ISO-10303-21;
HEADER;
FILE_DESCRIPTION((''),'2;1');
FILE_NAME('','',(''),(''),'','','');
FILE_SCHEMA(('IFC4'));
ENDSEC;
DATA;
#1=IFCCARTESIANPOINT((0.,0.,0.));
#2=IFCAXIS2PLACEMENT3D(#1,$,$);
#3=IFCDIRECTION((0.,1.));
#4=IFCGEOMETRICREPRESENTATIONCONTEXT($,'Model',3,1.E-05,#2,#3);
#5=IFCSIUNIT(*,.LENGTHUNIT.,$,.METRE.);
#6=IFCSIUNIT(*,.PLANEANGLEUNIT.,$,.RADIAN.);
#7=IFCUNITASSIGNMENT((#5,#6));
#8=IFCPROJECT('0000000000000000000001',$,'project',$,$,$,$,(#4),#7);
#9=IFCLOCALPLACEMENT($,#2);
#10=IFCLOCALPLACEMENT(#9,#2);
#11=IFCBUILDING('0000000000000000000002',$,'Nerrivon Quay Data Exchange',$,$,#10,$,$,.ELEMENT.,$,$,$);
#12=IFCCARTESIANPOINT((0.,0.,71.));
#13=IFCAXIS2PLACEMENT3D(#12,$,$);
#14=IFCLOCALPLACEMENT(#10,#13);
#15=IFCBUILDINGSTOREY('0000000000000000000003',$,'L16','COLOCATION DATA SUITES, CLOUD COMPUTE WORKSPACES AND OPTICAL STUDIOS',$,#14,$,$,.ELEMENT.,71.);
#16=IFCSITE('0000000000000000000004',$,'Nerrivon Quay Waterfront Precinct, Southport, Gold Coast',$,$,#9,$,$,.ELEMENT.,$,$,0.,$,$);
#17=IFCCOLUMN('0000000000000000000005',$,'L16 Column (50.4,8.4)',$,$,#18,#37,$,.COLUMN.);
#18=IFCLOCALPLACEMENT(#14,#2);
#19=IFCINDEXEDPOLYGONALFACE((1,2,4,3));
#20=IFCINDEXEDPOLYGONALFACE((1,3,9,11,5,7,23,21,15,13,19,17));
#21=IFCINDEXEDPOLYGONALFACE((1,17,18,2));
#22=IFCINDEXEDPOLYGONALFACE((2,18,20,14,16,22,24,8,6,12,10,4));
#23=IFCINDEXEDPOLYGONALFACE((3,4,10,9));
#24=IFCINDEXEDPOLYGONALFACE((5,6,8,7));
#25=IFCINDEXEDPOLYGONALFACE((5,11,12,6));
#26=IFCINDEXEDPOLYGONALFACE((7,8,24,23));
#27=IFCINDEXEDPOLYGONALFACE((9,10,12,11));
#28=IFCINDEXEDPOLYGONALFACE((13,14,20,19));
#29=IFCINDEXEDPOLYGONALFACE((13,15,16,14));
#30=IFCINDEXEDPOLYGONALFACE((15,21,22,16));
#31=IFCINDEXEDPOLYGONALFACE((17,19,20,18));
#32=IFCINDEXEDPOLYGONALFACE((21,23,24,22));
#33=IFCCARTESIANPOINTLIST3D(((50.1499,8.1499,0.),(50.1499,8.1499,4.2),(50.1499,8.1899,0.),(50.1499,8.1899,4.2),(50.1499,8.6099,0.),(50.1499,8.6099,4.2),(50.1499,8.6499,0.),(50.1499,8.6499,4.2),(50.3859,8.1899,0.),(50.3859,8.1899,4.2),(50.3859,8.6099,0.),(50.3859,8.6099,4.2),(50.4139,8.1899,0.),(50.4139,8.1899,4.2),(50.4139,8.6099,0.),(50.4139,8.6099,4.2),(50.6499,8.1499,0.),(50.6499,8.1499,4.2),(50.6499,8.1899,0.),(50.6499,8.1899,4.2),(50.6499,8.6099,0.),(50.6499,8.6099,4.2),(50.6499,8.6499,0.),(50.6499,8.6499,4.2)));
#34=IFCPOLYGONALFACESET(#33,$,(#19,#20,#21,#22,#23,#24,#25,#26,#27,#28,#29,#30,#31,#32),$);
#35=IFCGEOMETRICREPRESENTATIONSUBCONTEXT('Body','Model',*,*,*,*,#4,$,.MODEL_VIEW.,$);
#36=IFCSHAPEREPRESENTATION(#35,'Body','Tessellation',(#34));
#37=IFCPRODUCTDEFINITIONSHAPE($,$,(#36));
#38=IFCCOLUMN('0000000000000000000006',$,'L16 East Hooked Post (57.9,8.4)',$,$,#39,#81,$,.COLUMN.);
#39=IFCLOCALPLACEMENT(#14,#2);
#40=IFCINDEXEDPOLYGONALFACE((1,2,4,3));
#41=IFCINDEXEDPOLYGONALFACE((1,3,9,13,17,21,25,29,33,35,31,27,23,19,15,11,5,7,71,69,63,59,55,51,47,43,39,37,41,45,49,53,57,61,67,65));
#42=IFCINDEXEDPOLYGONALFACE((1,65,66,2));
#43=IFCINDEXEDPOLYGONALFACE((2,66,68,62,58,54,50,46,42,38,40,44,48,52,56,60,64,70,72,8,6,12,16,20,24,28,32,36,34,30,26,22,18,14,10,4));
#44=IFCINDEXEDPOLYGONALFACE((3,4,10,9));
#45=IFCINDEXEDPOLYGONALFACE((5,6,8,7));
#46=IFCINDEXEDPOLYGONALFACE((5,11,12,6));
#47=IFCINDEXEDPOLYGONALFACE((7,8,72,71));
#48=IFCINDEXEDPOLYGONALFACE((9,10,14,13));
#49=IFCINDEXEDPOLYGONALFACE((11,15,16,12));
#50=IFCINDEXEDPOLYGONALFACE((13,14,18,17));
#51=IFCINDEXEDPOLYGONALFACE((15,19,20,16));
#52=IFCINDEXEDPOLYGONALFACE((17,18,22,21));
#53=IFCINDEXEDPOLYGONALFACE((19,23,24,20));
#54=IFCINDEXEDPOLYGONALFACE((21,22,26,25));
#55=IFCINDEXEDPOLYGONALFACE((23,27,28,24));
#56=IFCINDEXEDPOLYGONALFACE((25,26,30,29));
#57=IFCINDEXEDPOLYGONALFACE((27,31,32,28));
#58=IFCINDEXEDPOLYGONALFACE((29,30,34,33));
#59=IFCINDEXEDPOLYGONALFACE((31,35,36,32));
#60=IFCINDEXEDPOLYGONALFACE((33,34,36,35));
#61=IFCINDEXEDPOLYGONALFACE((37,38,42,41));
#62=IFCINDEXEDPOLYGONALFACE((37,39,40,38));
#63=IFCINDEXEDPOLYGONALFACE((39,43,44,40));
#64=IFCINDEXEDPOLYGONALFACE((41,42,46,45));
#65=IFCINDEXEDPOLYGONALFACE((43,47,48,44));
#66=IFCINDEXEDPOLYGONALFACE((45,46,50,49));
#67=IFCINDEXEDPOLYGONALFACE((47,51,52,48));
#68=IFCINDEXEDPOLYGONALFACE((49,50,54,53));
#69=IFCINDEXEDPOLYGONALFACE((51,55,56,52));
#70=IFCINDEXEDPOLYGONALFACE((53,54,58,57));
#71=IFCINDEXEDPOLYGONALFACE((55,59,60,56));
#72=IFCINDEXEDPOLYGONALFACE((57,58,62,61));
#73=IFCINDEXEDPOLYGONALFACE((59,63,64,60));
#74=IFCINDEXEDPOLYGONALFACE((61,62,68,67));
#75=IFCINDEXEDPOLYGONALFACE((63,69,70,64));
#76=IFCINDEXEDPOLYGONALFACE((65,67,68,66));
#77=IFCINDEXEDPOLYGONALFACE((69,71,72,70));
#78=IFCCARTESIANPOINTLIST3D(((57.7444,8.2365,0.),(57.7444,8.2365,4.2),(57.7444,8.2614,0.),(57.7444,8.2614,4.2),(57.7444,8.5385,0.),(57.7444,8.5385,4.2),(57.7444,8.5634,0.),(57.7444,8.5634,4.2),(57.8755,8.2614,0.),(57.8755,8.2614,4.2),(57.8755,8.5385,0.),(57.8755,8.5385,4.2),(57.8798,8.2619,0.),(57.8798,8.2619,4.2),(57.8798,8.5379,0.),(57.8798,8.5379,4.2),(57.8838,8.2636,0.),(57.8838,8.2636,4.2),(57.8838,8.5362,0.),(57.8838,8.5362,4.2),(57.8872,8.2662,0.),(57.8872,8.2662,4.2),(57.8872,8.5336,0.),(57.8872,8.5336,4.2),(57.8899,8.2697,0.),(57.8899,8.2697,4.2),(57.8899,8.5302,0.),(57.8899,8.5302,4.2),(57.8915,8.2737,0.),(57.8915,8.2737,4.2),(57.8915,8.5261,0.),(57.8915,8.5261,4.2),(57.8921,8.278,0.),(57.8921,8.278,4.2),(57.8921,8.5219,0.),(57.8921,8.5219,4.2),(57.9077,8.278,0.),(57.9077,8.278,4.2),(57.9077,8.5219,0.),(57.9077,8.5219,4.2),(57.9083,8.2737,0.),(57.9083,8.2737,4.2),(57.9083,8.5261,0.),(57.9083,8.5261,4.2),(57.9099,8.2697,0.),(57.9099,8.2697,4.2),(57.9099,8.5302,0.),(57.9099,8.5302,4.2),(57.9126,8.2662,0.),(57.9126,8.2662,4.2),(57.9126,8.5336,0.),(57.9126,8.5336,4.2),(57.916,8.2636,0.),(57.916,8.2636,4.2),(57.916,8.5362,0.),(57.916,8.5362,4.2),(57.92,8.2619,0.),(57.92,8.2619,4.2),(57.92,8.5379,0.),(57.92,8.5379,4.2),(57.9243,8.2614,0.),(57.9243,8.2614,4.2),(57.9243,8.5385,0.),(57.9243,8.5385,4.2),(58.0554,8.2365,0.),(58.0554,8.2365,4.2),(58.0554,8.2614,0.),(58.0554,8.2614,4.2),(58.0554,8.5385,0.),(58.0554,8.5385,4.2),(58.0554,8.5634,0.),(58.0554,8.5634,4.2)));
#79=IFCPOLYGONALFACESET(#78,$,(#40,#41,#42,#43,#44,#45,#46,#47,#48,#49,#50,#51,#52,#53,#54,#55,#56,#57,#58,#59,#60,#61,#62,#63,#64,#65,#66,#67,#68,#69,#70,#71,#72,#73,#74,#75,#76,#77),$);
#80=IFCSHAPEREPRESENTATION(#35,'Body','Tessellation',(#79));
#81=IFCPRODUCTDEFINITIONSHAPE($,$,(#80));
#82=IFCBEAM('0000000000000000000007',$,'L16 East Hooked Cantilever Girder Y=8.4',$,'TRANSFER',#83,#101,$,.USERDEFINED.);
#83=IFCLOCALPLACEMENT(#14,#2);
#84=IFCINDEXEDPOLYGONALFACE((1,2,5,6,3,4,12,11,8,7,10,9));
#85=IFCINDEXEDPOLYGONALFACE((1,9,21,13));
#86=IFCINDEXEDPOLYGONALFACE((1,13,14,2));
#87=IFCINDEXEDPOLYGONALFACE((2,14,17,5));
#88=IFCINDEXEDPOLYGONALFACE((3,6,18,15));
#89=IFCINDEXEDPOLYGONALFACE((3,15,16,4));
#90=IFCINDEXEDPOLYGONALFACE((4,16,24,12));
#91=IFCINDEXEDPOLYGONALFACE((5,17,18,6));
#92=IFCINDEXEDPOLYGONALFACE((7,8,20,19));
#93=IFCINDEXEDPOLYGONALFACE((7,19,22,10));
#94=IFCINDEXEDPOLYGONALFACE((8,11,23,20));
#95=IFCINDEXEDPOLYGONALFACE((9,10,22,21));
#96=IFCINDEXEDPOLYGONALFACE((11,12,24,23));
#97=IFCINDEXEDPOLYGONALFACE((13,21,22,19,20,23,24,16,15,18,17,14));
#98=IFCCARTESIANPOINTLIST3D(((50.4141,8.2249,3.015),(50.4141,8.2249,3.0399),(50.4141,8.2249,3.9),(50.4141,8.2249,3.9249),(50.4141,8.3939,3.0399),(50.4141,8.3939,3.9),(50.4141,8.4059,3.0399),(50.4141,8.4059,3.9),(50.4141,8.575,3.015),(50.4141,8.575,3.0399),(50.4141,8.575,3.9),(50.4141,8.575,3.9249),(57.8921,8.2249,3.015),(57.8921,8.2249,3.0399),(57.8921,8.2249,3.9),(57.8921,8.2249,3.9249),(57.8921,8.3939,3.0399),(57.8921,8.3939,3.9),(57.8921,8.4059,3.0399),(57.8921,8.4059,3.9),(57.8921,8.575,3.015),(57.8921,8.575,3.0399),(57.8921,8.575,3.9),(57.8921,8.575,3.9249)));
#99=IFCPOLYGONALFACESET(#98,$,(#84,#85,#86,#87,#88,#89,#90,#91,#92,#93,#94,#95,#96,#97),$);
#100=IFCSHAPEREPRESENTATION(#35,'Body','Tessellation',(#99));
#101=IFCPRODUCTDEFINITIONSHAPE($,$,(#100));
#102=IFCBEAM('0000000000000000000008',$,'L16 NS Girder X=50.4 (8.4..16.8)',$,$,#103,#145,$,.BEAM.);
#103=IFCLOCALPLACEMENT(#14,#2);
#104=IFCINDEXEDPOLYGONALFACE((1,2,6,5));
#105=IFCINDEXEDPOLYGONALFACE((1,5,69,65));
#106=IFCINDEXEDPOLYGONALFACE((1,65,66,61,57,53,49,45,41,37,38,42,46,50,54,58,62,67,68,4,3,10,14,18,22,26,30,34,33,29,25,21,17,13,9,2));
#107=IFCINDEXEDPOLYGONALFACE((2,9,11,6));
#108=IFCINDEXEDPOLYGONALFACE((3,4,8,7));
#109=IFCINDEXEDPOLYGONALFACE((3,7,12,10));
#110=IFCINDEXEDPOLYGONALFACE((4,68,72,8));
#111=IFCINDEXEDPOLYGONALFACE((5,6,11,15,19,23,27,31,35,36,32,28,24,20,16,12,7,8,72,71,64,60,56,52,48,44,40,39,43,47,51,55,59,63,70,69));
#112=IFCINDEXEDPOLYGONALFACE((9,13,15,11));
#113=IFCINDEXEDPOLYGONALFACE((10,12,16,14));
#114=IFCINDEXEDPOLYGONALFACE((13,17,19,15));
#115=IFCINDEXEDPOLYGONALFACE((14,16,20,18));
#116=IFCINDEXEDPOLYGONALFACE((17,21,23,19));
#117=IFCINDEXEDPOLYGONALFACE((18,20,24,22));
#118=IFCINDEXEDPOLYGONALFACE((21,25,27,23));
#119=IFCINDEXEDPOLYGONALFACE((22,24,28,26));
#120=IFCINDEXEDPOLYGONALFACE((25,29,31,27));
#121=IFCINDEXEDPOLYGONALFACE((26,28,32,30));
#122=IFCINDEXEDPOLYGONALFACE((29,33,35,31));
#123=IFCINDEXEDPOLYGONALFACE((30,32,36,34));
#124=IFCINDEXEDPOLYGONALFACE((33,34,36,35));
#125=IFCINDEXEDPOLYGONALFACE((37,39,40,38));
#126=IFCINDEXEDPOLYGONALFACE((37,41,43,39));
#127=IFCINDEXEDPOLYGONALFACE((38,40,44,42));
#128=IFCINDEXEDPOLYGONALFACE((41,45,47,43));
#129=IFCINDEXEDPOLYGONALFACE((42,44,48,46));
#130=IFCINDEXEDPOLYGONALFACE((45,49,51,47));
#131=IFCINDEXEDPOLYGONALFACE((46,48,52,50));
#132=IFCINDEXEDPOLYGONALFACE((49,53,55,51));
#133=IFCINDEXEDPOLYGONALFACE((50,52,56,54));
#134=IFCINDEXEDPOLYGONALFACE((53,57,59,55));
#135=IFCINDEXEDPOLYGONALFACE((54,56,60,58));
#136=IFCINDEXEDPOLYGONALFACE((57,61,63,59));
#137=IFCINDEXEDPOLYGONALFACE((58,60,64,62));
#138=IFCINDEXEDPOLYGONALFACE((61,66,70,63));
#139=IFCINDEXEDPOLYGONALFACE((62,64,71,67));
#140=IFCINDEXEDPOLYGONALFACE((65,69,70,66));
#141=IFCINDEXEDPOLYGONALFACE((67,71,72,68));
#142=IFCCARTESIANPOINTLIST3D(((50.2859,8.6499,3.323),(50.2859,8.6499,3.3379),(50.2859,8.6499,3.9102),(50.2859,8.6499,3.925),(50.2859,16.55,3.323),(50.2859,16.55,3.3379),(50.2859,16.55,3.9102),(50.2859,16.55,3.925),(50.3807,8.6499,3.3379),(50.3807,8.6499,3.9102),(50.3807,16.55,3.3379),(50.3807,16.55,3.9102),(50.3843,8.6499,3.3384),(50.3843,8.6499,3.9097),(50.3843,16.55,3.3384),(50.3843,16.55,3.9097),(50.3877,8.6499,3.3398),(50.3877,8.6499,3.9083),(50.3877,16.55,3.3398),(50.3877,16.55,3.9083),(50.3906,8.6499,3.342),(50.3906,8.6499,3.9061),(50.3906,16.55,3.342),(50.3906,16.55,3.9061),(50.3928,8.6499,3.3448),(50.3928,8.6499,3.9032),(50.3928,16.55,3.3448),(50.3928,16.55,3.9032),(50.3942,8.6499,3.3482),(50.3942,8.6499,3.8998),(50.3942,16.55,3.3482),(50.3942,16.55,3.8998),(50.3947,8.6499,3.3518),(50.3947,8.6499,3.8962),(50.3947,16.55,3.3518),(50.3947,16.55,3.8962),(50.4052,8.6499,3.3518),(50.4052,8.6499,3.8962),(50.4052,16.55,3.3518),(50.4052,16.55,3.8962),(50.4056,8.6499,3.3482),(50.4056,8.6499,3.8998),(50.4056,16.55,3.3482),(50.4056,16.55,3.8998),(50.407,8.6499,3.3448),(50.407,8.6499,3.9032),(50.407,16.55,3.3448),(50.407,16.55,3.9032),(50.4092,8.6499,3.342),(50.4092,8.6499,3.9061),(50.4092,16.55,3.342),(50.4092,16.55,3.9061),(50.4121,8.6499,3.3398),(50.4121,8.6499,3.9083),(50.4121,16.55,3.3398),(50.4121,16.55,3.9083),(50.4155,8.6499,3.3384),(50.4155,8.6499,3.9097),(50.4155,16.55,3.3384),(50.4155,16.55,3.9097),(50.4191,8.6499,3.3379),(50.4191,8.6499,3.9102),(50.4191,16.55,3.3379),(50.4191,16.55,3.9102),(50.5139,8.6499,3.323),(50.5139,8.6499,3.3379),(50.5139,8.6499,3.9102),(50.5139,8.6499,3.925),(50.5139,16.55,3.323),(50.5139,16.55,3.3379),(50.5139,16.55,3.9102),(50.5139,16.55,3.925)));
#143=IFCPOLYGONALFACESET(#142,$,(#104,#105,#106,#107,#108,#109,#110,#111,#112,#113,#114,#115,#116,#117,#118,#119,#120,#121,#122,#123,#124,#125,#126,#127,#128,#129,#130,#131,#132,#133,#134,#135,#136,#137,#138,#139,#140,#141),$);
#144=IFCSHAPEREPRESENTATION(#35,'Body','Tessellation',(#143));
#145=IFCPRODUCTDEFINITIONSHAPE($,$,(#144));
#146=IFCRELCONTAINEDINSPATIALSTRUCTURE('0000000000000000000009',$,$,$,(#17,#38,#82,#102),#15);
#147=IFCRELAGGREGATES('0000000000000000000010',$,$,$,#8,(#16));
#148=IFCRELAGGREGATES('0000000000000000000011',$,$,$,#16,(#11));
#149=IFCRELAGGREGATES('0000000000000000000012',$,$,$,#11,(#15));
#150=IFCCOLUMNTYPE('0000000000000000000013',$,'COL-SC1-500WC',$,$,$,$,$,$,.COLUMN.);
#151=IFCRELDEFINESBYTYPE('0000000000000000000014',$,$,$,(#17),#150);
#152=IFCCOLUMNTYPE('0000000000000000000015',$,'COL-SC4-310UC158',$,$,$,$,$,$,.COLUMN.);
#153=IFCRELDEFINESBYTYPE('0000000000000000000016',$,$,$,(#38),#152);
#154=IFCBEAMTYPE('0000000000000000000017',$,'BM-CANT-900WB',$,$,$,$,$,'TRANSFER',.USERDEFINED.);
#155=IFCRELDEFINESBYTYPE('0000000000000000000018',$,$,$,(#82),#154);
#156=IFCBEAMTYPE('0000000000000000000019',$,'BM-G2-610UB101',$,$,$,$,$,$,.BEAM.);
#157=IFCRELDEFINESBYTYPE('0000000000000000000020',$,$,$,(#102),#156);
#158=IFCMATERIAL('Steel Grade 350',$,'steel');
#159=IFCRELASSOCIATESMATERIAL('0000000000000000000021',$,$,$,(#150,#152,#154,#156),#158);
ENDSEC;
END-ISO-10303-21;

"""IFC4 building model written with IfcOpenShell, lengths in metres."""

from ifc_helpers import new_model, si_unit, direction, frame, origin, origin_2d, place, context, subcontext, project, spatial, i_section, extrude, material, material_profile, profile_set, type_object, element, save


model = new_model("IFC4")

# Units and contexts
model_context = context("Model", 3, precision=1e-05, world=origin(), true_north=direction((0.0, 1.0)))
body_context = subcontext(model_context, "Body", "Model", "MODEL_VIEW")
ifc_project = project(units=[si_unit("LENGTHUNIT", "METRE"), si_unit("PLANEANGLEUNIT", "RADIAN")], contexts=[model_context])

# Site, building, storey
site_placement = place(None, origin())
site = spatial("IfcSite", under=ifc_project, at=site_placement, Name="Nerrivon Quay Waterfront Precinct, Southport, Gold Coast", CompositionType="ELEMENT", RefElevation=0.0)
building_placement = place(site_placement, origin())
building = spatial("IfcBuilding", under=site, at=building_placement, Name="Nerrivon Quay Data Exchange", CompositionType="ELEMENT")
storey_placement = place(building_placement, frame((0.0, 0.0, 71.0)))
storey = spatial("IfcBuildingStorey", under=building, at=storey_placement, Name="L16", Description="COLOCATION DATA SUITES, CLOUD COMPUTE WORKSPACES AND OPTICAL STUDIOS", CompositionType="ELEMENT", Elevation=71.0)

# Columns
ifc_material_1 = material(Name="Steel Grade 350", Category="steel")
ifc_material_profile_1 = material_profile(ifc_material_1, i_section(OverallWidth=0.5, OverallDepth=0.5, WebThickness=0.0281, FlangeThickness=0.04, at=origin_2d()), Name="500WC440")
ifc_profile_set_1 = profile_set([ifc_material_profile_1], Name="Steel Grade 350")
column_type_1 = type_object("IfcColumnType", Name="COL-SC1-500WC", PredefinedType="COLUMN", material=ifc_profile_set_1)
column_1_placement = place(storey_placement, frame((50.3999, 8.3999, 0.0), z_axis=(0.0, 0.0, 1.0), x_axis=(1.0, 0.0, 0.0)))
element("IfcColumn", 1, at=column_1_placement, inside=storey, type_object=column_type_1, Name="L16 Column (50.4,8.4)", PredefinedType="COLUMN", context=body_context, shape_type="SweptSolid", body=[
    extrude(i_section(OverallWidth=0.5, OverallDepth=0.5, WebThickness=0.0281, FlangeThickness=0.04, at=origin_2d()), origin(), (0.0, 0.0, 1.0), 4.2),
])
ifc_material_profile_2 = material_profile(ifc_material_1, i_section(OverallWidth=0.311, OverallDepth=0.3269, WebThickness=0.0156, FlangeThickness=0.0249, FilletRadius=0.0166, at=origin_2d()), Name="310UC158")
ifc_profile_set_2 = profile_set([ifc_material_profile_2], Name="Steel Grade 350")
column_type_2 = type_object("IfcColumnType", Name="COL-SC4-310UC158", PredefinedType="COLUMN", material=ifc_profile_set_2)
column_2_placement = place(storey_placement, frame((57.8999, 8.3999, 0.0), z_axis=(0.0, 0.0, 1.0), x_axis=(1.0, 0.0, 0.0)))
element("IfcColumn", 2, at=column_2_placement, inside=storey, type_object=column_type_2, Name="L16 East Hooked Post (57.9,8.4)", PredefinedType="COLUMN", context=body_context, shape_type="SweptSolid", body=[
    extrude(i_section(OverallWidth=0.311, OverallDepth=0.3269, WebThickness=0.0156, FlangeThickness=0.0249, FilletRadius=0.0166, at=origin_2d()), origin(), (0.0, 0.0, 1.0), 4.2),
])

# Beams
ifc_material_profile_3 = material_profile(ifc_material_1, i_section(OverallWidth=0.3501, OverallDepth=0.9099, WebThickness=0.012, FlangeThickness=0.0249, at=origin_2d()), Name="900WB218")
ifc_profile_set_3 = profile_set([ifc_material_profile_3], Name="Steel Grade 350")
beam_type_1 = type_object("IfcBeamType", Name="BM-CANT-900WB", ElementType="TRANSFER", PredefinedType="USERDEFINED", material=ifc_profile_set_3)
beam_1_placement = place(storey_placement, frame((50.4141, 8.3999, 3.47), z_axis=(1.0, 0.0, 0.0), x_axis=(0.0, 1.0, 0.0)))
element("IfcBeam", 3, at=beam_1_placement, inside=storey, type_object=beam_type_1, Name="L16 East Hooked Cantilever Girder Y=8.4", ObjectType="TRANSFER", PredefinedType="USERDEFINED", context=body_context, shape_type="SweptSolid", body=[
    extrude(i_section(OverallWidth=0.3501, OverallDepth=0.9099, WebThickness=0.012, FlangeThickness=0.0249, at=origin_2d()), origin(), (0.0, 0.0, 1.0), 7.478),
])
ifc_material_profile_4 = material_profile(ifc_material_1, i_section(OverallWidth=0.228, OverallDepth=0.6021, WebThickness=0.0105, FlangeThickness=0.0149, FilletRadius=0.0139, at=origin_2d()), Name="610UB101")
ifc_profile_set_4 = profile_set([ifc_material_profile_4], Name="Steel Grade 350")
beam_type_2 = type_object("IfcBeamType", Name="BM-G2-610UB101", PredefinedType="BEAM", material=ifc_profile_set_4)
beam_2_placement = place(storey_placement, frame((50.3999, 8.6499, 3.624), z_axis=(0.0, 1.0, 0.0), x_axis=(-1.0, 0.0, 0.0)))
element("IfcBeam", 4, at=beam_2_placement, inside=storey, type_object=beam_type_2, Name="L16 NS Girder X=50.4 (8.4..16.8)", PredefinedType="BEAM", context=body_context, shape_type="SweptSolid", body=[
    extrude(i_section(OverallWidth=0.228, OverallDepth=0.6021, WebThickness=0.0105, FlangeThickness=0.0149, FilletRadius=0.0139, at=origin_2d()), origin(), (0.0, 0.0, 1.0), 7.9001),
])

save(model, "model.ifc")
